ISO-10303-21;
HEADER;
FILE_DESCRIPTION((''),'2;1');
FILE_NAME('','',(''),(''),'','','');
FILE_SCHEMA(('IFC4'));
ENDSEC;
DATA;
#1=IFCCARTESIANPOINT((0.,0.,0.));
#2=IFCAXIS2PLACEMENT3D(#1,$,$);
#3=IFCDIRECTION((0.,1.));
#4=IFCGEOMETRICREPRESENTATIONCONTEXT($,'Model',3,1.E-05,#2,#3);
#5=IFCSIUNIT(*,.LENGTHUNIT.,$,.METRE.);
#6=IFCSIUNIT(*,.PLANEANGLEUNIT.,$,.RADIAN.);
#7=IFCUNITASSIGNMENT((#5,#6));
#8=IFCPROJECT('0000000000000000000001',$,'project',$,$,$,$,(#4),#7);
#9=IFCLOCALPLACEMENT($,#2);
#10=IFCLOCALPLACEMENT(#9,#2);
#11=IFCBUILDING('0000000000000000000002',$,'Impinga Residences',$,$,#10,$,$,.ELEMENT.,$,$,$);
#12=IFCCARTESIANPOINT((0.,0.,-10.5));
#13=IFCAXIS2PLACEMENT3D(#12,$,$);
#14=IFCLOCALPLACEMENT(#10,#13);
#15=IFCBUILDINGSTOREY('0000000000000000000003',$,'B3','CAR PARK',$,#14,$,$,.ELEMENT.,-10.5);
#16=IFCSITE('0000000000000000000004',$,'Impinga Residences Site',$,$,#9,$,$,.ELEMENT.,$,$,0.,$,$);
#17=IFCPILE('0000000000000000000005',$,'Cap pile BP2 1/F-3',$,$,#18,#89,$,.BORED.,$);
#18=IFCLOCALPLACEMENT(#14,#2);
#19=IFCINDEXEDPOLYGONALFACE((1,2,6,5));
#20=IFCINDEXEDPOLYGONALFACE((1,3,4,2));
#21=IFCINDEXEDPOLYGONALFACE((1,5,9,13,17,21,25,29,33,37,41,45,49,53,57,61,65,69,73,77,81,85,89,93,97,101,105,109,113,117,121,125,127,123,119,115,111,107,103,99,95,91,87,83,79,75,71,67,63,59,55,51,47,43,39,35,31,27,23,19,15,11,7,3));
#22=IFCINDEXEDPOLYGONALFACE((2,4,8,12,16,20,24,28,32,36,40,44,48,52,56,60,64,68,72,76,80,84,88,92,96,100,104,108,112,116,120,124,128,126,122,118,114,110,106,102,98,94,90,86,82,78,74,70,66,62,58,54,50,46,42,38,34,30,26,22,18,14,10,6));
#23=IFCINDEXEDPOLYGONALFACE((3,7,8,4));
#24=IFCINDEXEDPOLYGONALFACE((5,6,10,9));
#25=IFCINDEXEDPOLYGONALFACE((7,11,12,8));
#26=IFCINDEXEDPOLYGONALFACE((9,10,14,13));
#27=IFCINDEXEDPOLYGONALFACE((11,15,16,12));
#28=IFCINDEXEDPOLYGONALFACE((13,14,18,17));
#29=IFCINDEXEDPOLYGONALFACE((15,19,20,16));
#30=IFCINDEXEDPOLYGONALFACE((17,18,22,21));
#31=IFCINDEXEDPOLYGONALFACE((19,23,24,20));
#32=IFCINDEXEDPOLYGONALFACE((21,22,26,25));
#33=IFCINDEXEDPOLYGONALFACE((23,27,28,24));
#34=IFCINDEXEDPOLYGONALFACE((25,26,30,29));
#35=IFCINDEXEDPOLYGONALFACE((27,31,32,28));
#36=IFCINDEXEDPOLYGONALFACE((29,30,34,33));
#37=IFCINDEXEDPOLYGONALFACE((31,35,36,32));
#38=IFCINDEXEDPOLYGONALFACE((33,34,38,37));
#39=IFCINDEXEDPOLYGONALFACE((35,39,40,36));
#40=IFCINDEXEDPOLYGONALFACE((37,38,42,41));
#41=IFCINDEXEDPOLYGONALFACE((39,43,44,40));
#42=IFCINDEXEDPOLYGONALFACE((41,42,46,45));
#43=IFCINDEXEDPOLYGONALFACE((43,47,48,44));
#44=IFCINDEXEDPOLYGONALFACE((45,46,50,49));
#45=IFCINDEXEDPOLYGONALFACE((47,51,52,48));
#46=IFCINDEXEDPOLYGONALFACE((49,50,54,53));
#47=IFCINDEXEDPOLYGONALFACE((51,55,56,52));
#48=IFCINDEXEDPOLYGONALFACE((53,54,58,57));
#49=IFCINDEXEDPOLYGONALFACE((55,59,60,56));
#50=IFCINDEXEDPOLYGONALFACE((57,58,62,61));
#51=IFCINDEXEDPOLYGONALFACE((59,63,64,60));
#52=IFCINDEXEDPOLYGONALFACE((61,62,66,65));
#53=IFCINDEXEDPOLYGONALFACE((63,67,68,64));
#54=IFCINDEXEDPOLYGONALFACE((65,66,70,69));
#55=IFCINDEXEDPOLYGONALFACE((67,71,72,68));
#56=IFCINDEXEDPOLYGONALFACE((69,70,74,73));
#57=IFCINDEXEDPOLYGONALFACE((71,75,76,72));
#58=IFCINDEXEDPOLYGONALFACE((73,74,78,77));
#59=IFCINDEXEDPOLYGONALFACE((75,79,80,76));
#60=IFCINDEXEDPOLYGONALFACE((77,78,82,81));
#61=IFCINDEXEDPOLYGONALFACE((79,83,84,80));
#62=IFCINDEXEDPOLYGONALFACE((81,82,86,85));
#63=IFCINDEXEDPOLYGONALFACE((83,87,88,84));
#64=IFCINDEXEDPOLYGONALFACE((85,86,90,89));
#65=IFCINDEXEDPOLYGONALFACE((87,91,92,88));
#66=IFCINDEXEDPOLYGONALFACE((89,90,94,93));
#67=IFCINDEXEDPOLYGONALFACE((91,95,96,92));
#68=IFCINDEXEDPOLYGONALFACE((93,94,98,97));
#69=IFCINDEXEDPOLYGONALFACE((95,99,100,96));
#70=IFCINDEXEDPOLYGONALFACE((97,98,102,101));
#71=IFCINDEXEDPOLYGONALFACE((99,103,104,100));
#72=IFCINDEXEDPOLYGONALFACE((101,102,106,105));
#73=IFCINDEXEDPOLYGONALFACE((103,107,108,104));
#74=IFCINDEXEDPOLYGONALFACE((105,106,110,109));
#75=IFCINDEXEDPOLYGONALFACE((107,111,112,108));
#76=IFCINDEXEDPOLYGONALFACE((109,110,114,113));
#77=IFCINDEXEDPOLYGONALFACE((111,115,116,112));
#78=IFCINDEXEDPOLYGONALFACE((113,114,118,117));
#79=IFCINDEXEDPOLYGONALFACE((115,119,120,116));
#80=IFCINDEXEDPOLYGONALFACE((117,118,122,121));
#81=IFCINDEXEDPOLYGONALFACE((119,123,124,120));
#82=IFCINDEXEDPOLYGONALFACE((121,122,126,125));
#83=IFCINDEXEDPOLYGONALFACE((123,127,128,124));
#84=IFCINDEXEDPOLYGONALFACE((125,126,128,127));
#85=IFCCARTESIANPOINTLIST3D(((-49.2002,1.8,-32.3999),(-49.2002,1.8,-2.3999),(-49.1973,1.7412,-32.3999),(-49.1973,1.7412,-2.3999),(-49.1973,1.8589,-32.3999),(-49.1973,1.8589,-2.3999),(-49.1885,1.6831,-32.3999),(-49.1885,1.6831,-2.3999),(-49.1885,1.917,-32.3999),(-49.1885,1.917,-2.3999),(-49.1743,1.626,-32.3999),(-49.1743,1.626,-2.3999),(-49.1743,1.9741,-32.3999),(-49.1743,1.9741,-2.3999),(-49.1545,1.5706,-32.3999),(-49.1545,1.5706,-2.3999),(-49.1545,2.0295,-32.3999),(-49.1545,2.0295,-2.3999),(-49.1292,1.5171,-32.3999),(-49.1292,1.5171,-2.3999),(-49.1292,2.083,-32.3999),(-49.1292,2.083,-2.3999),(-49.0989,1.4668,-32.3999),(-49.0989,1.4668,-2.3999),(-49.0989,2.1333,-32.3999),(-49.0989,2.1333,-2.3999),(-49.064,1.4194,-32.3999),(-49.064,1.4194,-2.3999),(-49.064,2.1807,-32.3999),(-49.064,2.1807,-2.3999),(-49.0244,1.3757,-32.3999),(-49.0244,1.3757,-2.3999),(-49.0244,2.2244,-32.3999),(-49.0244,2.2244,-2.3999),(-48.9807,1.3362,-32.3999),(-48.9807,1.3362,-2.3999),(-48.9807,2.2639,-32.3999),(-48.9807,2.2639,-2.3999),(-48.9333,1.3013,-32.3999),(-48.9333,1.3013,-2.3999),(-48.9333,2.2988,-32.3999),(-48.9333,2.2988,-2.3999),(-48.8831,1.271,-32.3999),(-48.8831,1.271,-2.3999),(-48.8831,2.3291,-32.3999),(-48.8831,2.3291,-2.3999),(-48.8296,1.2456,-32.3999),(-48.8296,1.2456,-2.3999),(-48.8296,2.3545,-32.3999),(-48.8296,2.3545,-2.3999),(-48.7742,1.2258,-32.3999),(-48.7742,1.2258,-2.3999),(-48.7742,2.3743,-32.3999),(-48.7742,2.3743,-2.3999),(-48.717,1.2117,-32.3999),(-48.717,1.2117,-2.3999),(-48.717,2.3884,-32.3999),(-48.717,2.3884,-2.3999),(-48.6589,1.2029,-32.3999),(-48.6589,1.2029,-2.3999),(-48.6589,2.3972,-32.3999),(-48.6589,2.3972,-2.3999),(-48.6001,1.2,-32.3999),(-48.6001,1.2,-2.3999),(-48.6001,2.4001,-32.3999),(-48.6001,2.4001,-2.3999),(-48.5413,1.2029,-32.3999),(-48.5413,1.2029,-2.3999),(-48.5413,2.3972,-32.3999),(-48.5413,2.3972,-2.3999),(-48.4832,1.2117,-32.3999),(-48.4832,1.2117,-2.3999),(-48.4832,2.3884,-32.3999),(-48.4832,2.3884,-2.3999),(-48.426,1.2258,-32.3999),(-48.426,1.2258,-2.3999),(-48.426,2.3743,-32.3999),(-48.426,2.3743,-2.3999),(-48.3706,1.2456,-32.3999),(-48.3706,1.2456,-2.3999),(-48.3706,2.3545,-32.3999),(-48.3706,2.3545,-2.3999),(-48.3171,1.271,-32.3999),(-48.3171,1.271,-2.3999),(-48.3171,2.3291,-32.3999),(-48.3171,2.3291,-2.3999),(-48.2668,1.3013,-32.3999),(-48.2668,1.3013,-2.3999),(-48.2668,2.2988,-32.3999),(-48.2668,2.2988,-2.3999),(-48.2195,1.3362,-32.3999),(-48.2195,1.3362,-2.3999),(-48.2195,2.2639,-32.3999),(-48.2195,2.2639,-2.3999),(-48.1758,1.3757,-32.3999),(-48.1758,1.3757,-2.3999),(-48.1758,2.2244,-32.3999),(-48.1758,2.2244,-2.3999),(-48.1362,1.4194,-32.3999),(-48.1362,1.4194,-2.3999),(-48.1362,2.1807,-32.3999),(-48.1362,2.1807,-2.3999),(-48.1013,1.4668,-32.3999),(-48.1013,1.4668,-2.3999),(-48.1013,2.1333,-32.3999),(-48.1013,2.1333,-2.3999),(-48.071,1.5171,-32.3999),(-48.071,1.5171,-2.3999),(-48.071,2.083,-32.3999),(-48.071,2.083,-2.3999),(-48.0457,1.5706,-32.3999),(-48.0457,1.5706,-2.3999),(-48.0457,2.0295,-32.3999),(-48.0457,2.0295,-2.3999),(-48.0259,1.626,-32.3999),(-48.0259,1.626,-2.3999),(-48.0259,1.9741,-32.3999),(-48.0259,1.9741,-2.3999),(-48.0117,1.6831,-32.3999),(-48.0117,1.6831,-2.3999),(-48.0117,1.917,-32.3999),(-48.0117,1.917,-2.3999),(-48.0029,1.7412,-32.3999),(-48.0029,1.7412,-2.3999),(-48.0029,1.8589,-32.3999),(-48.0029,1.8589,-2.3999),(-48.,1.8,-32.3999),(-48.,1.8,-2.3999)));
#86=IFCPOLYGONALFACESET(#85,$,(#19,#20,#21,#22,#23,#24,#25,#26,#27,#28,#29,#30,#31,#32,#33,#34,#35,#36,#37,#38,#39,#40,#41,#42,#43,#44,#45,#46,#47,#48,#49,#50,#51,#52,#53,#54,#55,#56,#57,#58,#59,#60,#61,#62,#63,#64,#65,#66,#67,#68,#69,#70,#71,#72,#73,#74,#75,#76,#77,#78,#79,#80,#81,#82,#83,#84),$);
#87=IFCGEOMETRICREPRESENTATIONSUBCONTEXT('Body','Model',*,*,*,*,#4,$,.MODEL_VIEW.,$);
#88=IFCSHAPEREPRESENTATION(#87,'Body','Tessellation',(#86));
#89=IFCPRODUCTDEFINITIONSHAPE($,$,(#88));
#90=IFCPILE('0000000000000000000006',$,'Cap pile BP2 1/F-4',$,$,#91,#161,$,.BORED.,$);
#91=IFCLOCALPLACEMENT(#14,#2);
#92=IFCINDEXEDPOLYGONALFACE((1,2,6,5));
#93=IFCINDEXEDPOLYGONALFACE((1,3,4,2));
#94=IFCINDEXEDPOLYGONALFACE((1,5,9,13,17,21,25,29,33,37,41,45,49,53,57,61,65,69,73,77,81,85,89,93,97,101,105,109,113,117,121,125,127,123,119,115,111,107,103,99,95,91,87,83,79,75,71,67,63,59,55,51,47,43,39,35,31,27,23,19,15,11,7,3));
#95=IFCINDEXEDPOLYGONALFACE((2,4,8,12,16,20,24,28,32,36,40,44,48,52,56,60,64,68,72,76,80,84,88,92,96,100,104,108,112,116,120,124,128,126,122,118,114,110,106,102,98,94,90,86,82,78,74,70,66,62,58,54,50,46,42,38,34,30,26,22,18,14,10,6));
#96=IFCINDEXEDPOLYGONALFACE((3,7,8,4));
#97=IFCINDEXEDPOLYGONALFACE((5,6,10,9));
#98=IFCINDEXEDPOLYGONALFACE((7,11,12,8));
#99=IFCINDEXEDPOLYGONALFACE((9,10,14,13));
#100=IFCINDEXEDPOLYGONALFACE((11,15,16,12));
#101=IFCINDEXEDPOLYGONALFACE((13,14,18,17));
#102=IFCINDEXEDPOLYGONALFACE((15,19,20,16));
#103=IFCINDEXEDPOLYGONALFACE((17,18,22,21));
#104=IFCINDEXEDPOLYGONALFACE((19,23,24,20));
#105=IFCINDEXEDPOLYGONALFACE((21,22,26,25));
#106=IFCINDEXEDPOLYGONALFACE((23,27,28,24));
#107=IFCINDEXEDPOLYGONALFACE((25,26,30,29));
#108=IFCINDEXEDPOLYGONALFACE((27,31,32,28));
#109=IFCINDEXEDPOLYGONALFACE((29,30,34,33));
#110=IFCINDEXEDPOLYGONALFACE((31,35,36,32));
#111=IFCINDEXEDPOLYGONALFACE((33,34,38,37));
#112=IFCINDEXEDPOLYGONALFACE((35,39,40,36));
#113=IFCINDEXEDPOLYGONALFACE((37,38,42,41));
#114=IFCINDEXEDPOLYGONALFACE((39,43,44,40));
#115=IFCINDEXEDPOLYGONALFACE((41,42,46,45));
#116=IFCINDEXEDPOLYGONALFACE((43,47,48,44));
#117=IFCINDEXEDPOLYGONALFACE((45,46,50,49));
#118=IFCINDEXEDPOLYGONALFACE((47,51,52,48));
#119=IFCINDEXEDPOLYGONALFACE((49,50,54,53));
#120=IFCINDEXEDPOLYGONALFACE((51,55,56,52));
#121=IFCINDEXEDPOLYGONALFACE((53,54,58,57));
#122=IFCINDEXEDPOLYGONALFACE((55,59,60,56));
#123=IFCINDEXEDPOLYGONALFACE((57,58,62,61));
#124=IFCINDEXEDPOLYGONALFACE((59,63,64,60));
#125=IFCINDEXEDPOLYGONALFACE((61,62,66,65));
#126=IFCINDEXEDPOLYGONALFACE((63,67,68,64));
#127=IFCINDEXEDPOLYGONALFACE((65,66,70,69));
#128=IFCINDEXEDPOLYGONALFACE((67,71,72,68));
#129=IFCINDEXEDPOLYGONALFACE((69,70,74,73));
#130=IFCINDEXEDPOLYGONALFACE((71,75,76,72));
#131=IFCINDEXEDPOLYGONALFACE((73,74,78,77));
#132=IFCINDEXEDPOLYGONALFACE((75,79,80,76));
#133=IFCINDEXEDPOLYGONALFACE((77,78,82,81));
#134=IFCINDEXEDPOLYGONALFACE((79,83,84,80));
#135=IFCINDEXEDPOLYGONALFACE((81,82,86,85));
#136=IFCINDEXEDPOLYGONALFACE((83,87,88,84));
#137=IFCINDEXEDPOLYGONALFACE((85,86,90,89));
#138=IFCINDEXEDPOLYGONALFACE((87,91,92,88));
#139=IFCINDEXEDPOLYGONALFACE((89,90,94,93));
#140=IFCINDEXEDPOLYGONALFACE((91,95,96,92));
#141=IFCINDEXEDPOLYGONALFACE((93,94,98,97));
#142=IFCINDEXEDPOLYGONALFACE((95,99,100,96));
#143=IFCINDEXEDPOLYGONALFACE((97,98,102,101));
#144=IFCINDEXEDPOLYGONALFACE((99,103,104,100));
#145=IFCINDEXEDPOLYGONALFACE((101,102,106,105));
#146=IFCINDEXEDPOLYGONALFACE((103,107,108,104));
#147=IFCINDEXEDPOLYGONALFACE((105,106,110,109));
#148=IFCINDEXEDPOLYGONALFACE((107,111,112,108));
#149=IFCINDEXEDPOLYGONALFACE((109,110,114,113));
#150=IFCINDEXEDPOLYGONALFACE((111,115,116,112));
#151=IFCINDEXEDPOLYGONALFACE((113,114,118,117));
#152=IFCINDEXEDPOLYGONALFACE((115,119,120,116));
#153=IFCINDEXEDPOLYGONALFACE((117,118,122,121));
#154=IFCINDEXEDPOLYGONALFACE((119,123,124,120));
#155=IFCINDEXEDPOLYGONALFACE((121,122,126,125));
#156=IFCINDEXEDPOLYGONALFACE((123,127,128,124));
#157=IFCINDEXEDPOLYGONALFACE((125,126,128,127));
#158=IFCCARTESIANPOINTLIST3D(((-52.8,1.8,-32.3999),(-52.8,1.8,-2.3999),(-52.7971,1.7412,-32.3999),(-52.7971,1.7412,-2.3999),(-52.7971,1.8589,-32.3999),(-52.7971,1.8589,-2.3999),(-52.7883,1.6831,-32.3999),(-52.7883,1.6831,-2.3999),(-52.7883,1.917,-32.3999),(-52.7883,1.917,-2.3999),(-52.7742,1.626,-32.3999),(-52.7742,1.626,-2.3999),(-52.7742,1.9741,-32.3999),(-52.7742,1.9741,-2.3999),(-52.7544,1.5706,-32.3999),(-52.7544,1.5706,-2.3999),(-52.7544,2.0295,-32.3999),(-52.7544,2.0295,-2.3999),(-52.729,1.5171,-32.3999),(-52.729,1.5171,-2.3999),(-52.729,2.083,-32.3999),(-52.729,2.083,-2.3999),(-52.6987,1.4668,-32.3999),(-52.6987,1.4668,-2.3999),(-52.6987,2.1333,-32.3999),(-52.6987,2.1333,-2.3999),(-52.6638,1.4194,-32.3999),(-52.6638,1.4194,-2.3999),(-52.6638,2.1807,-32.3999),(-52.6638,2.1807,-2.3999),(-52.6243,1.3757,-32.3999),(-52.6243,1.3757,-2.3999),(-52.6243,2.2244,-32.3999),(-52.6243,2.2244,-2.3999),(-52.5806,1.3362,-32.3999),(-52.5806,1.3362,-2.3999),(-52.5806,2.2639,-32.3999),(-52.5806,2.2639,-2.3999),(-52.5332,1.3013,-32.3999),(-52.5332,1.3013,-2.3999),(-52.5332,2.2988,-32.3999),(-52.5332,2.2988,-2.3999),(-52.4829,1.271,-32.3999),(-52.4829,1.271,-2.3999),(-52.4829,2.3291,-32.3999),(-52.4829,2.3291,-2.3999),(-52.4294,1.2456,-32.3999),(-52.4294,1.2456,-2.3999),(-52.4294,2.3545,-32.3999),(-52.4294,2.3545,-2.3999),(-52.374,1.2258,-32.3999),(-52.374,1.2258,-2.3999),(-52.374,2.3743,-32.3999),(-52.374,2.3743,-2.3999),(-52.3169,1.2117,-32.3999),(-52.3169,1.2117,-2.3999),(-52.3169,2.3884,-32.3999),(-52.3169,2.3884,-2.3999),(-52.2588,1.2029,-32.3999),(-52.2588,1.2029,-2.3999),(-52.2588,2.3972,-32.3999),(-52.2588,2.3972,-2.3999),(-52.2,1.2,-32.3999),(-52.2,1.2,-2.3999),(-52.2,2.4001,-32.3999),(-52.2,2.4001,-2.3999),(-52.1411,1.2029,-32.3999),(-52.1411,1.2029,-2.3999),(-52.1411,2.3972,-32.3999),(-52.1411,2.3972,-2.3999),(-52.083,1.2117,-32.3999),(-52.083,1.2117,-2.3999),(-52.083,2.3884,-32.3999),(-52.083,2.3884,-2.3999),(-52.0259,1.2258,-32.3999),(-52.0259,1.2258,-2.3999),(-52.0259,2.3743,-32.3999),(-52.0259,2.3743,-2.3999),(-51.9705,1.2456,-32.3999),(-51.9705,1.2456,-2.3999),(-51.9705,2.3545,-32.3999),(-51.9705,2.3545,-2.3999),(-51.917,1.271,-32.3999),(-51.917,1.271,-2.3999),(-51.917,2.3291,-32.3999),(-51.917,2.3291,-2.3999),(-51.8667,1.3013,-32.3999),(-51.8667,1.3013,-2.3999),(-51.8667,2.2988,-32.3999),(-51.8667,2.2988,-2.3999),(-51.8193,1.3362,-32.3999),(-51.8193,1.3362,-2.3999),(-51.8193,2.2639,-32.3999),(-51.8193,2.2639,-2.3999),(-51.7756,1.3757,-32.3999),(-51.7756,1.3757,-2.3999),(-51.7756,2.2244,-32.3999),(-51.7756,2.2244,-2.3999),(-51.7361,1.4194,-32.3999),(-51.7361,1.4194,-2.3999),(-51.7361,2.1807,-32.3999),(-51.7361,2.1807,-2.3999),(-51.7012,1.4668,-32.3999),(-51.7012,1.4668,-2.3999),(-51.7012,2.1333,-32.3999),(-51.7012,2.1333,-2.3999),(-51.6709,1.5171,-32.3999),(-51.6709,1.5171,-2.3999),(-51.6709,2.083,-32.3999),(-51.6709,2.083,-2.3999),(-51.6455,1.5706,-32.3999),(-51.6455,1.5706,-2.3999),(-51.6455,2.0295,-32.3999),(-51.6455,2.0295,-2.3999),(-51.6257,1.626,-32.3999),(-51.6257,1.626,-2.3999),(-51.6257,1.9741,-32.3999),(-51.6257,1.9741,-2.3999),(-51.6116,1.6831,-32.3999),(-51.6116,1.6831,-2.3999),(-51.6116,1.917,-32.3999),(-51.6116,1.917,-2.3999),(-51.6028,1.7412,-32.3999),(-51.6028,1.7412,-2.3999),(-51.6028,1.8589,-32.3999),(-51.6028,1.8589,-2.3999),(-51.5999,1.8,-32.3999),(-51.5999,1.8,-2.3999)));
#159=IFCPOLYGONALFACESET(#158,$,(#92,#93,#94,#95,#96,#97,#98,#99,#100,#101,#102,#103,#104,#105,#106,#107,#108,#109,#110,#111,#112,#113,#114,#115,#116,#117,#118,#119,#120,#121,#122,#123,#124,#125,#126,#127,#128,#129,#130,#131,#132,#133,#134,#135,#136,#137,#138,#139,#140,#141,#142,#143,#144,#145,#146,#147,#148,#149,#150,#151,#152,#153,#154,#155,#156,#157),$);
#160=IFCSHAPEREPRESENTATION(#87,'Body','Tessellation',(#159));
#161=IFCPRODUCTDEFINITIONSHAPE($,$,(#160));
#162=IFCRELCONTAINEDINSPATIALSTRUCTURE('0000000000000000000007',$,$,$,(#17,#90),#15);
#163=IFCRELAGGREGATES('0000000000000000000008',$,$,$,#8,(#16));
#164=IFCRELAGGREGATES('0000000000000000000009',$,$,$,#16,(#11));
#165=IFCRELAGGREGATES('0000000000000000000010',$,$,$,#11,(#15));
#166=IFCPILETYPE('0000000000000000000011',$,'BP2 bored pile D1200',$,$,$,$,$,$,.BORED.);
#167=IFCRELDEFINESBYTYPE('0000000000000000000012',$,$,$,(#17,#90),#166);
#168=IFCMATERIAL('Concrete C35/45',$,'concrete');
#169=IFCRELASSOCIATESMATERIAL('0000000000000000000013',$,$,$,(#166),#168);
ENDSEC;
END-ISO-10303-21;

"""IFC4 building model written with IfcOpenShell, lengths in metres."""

from ifc_helpers import new_model, si_unit, direction, frame, origin, origin_2d, place, context, subcontext, project, spatial, polyline, circle, outline, extrude, material, material_profile, profile_set, type_object, element, save


model = new_model("IFC4")

# Units and contexts
model_context = context("Model", 3, precision=1e-05, world=origin(), true_north=direction((0.0, 1.0)))
body_context = subcontext(model_context, "Body", "Model", "MODEL_VIEW")
ifc_project = project(units=[si_unit("LENGTHUNIT", "METRE"), si_unit("PLANEANGLEUNIT", "RADIAN")], contexts=[model_context])

# Site, building, storey
site_placement = place(None, origin())
site = spatial("IfcSite", under=ifc_project, at=site_placement, Name="Impinga Residences Site", CompositionType="ELEMENT", RefElevation=0.0)
building_placement = place(site_placement, origin())
building = spatial("IfcBuilding", under=site, at=building_placement, Name="Impinga Residences", CompositionType="ELEMENT")
storey_placement = place(building_placement, frame((0.0, 0.0, -10.5)))
storey = spatial("IfcBuildingStorey", under=building, at=storey_placement, Name="B3", Description="CAR PARK", CompositionType="ELEMENT", Elevation=-10.5)

# Piles
ifc_material_1 = material(Name="Concrete C35/45", Category="concrete")
ifc_material_profile_1 = material_profile(ifc_material_1, circle(Radius=0.6001, at=origin_2d()), Name="D1200")
ifc_profile_set_1 = profile_set([ifc_material_profile_1], Name="Concrete C35/45")
pile_type = type_object("IfcPileType", Name="BP2 bored pile D1200", PredefinedType="BORED", material=ifc_profile_set_1)
pile_1_placement = place(storey_placement, frame((-48.6001, 1.8, -2.3999), z_axis=(0.0, 0.0, -1.0), x_axis=(1.0, 0.0, 0.0)))
element("IfcPile", 1, at=pile_1_placement, inside=storey, type_object=pile_type, Name="Cap pile BP2 1/F-3", PredefinedType="BORED", context=body_context, shape_type="SweptSolid", body=[
    extrude(outline(polyline([(0.6001, 0.0), (0.5972, 0.0588), (0.5884, 0.1169), (0.5742, 0.1741), (0.5544, 0.2295), (0.5291, 0.283), (0.4988, 0.3333), (0.4639, 0.3806), (0.4243, 0.4243), (0.3806, 0.4639), (0.3333, 0.4988), (0.283, 0.5291), (0.2295, 0.5544), (0.1741, 0.5742), (0.1169, 0.5884), (0.0588, 0.5972), (0.0, 0.6001), (-0.0588, 0.5972), (-0.1169, 0.5884), (-0.1741, 0.5742), (-0.2295, 0.5544), (-0.283, 0.5291), (-0.3333, 0.4988), (-0.3806, 0.4639), (-0.4243, 0.4243), (-0.4639, 0.3806), (-0.4988, 0.3333), (-0.5291, 0.283), (-0.5544, 0.2295), (-0.5742, 0.1741), (-0.5884, 0.1169), (-0.5972, 0.0588), (-0.6001, 0.0), (-0.5972, -0.0588), (-0.5884, -0.1169), (-0.5742, -0.1741), (-0.5544, -0.2295), (-0.5291, -0.283), (-0.4988, -0.3333), (-0.4639, -0.3806), (-0.4243, -0.4243), (-0.3806, -0.4639), (-0.3333, -0.4988), (-0.283, -0.5291), (-0.2295, -0.5544), (-0.1741, -0.5742), (-0.1169, -0.5884), (-0.0588, -0.5972), (0.0, -0.6001), (0.0588, -0.5972), (0.1169, -0.5884), (0.1741, -0.5742), (0.2295, -0.5544), (0.283, -0.5291), (0.3333, -0.4988), (0.3806, -0.4639), (0.4243, -0.4243), (0.4639, -0.3806), (0.4988, -0.3333), (0.5291, -0.283), (0.5544, -0.2295), (0.5742, -0.1741), (0.5884, -0.1169), (0.5972, -0.0588), (0.6001, 0.0)])), origin(), (0.0, 0.0, 1.0), 30.0),
])
pile_2_placement = place(storey_placement, frame((-52.2, 1.8, -2.3999), z_axis=(0.0, 0.0, -1.0), x_axis=(1.0, 0.0, 0.0)))
element("IfcPile", 2, at=pile_2_placement, inside=storey, type_object=pile_type, Name="Cap pile BP2 1/F-4", PredefinedType="BORED", context=body_context, shape_type="SweptSolid", body=[
    extrude(outline(polyline([(0.6001, 0.0), (0.5972, 0.0588), (0.5884, 0.1169), (0.5742, 0.1741), (0.5544, 0.2295), (0.5291, 0.283), (0.4988, 0.3333), (0.4639, 0.3806), (0.4243, 0.4243), (0.3806, 0.4639), (0.3333, 0.4988), (0.283, 0.5291), (0.2295, 0.5544), (0.1741, 0.5742), (0.1169, 0.5884), (0.0588, 0.5972), (0.0, 0.6001), (-0.0588, 0.5972), (-0.1169, 0.5884), (-0.1741, 0.5742), (-0.2295, 0.5544), (-0.283, 0.5291), (-0.3333, 0.4988), (-0.3806, 0.4639), (-0.4243, 0.4243), (-0.4639, 0.3806), (-0.4988, 0.3333), (-0.5291, 0.283), (-0.5544, 0.2295), (-0.5742, 0.1741), (-0.5884, 0.1169), (-0.5972, 0.0588), (-0.6001, 0.0), (-0.5972, -0.0588), (-0.5884, -0.1169), (-0.5742, -0.1741), (-0.5544, -0.2295), (-0.5291, -0.283), (-0.4988, -0.3333), (-0.4639, -0.3806), (-0.4243, -0.4243), (-0.3806, -0.4639), (-0.3333, -0.4988), (-0.283, -0.5291), (-0.2295, -0.5544), (-0.1741, -0.5742), (-0.1169, -0.5884), (-0.0588, -0.5972), (0.0, -0.6001), (0.0588, -0.5972), (0.1169, -0.5884), (0.1741, -0.5742), (0.2295, -0.5544), (0.283, -0.5291), (0.3333, -0.4988), (0.3806, -0.4639), (0.4243, -0.4243), (0.4639, -0.3806), (0.4988, -0.3333), (0.5291, -0.283), (0.5544, -0.2295), (0.5742, -0.1741), (0.5884, -0.1169), (0.5972, -0.0588), (0.6001, 0.0)])), origin(), (0.0, 0.0, 1.0), 30.0),
])

save(model, "model.ifc")
